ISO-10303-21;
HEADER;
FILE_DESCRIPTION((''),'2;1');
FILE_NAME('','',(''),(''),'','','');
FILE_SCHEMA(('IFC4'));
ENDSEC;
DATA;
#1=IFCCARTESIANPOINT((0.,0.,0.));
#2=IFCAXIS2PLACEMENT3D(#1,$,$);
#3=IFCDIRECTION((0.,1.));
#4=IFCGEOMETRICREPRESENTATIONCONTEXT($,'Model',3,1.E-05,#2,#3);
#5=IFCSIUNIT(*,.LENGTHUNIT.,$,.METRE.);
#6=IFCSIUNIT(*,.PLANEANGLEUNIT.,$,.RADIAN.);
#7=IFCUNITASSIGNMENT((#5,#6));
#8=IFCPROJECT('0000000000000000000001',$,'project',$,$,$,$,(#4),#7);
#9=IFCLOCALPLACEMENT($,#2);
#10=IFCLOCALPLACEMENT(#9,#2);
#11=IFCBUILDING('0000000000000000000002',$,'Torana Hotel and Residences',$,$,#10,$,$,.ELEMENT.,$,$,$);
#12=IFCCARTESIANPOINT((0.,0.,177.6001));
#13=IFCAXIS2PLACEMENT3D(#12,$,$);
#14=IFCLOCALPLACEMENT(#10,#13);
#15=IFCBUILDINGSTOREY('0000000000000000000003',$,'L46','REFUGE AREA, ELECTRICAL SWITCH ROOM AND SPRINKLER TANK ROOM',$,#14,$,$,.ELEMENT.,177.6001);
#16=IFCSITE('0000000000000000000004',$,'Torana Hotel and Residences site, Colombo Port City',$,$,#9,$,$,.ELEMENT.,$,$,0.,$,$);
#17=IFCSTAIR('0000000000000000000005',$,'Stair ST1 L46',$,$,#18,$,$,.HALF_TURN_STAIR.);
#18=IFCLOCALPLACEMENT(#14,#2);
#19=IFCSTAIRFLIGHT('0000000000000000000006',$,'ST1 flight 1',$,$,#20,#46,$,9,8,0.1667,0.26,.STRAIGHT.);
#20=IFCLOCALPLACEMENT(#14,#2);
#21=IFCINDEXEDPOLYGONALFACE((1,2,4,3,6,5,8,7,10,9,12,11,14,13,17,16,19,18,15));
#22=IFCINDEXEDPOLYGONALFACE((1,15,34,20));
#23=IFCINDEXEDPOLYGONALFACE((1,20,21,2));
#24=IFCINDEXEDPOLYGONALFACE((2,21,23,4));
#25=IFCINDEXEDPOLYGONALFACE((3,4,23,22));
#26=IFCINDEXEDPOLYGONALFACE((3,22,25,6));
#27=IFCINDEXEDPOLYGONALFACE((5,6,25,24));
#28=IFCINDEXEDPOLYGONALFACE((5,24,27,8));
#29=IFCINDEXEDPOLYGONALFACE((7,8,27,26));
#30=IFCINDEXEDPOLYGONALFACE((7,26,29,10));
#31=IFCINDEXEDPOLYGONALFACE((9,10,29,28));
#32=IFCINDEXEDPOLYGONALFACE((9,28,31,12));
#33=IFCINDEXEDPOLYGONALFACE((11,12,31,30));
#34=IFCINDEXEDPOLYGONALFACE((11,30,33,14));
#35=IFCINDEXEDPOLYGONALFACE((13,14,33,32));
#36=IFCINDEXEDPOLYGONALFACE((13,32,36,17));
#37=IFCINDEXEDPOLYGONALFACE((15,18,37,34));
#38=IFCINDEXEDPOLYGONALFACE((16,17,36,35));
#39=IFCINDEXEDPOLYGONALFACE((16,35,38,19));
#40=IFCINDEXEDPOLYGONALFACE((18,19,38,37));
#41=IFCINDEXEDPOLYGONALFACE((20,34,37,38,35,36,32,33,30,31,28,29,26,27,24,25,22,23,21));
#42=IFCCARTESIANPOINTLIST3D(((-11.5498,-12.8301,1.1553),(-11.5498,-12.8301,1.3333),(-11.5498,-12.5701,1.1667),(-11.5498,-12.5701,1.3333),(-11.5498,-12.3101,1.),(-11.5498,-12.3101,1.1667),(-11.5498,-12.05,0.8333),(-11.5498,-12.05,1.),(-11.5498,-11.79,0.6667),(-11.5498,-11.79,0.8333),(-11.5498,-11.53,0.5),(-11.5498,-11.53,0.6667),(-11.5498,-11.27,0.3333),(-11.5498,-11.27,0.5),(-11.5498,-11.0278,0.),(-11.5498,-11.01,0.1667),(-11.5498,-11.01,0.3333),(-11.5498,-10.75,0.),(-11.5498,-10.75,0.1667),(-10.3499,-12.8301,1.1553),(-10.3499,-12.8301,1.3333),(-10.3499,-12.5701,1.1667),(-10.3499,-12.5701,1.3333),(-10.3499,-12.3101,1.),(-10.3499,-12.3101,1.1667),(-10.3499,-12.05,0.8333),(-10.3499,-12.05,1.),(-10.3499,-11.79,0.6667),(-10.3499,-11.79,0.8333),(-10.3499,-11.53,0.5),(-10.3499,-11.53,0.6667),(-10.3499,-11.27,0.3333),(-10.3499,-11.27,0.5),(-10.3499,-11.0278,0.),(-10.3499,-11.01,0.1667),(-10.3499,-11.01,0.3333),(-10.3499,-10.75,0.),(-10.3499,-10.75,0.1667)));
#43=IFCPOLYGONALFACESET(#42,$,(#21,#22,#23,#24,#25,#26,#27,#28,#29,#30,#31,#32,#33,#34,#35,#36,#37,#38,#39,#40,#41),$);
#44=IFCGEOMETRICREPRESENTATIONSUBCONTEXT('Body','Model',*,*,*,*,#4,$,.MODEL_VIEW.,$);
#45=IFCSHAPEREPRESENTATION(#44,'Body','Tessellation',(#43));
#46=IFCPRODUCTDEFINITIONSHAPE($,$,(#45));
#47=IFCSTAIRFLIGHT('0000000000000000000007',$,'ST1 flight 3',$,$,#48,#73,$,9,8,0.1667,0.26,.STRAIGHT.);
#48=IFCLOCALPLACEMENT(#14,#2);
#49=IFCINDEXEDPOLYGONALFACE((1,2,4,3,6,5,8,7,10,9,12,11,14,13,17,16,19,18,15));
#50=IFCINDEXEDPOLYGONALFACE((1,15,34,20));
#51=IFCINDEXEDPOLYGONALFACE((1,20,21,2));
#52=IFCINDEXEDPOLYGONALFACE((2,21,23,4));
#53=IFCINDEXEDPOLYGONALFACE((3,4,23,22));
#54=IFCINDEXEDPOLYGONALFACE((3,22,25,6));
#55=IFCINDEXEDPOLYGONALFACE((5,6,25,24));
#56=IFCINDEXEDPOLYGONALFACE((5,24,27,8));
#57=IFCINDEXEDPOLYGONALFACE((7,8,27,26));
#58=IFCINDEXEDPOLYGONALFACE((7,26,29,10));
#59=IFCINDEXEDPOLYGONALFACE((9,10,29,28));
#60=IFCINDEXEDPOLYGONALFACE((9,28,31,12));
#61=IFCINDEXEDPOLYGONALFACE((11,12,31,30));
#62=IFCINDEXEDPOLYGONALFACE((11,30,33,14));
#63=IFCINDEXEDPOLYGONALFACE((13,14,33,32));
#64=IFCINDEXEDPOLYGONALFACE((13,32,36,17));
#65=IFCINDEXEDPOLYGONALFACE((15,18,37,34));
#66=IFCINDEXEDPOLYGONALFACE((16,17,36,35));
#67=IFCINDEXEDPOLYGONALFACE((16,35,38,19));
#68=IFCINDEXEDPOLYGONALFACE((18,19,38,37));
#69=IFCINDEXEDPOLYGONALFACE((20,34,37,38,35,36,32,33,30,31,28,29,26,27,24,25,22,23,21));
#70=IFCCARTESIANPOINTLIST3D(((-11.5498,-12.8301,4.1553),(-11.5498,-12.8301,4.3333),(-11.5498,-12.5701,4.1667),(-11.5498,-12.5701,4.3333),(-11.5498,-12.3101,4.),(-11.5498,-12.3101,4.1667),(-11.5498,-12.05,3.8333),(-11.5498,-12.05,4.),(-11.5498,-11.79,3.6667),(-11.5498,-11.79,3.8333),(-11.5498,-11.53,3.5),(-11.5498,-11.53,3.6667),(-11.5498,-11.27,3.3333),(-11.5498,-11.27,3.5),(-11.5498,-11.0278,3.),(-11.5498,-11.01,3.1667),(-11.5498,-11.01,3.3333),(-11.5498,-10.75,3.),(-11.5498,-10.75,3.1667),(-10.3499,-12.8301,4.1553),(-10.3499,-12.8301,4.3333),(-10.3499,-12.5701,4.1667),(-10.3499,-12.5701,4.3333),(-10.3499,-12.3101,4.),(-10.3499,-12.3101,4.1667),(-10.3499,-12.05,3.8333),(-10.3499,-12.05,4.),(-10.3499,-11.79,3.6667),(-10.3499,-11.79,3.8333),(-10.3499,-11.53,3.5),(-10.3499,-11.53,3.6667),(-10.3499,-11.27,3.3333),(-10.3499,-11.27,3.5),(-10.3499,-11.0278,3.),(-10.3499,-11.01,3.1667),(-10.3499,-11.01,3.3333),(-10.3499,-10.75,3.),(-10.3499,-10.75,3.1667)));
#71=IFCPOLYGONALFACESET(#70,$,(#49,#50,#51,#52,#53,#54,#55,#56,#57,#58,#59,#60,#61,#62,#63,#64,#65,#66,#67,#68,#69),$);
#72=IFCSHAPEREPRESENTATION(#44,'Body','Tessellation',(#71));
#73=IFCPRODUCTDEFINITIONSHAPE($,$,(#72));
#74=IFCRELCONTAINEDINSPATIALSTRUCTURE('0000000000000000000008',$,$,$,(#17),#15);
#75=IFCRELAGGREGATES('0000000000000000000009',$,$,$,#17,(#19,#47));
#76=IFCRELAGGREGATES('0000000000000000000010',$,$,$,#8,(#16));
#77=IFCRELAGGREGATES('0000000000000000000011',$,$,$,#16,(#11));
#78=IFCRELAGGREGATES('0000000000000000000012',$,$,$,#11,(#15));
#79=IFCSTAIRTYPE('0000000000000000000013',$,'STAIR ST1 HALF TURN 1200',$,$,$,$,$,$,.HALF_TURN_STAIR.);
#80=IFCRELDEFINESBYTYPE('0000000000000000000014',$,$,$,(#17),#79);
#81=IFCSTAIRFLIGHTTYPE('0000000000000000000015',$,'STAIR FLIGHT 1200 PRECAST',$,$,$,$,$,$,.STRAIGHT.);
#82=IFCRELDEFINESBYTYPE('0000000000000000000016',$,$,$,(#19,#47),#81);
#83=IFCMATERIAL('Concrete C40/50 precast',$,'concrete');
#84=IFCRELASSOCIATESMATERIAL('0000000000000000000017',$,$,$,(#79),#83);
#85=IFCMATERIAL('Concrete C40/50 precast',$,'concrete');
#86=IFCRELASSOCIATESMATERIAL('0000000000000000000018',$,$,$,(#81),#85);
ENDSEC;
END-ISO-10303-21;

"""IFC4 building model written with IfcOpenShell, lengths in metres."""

from ifc_helpers import new_model, si_unit, direction, frame, origin, place, context, subcontext, project, spatial, polyline, outline, extrude, material, type_object, element, aggregate, save


model = new_model("IFC4")

# Units and contexts
model_context = context("Model", 3, precision=1e-05, world=origin(), true_north=direction((0.0, 1.0)))
body_context = subcontext(model_context, "Body", "Model", "MODEL_VIEW")
ifc_project = project(units=[si_unit("LENGTHUNIT", "METRE"), si_unit("PLANEANGLEUNIT", "RADIAN")], contexts=[model_context])

# Site, building, storey
site_placement = place(None, origin())
site = spatial("IfcSite", under=ifc_project, at=site_placement, Name="Torana Hotel and Residences site, Colombo Port City", CompositionType="ELEMENT", RefElevation=0.0)
building_placement = place(site_placement, origin())
building = spatial("IfcBuilding", under=site, at=building_placement, Name="Torana Hotel and Residences", CompositionType="ELEMENT")
storey_placement = place(building_placement, frame((0.0, 0.0, 177.6001)))
storey = spatial("IfcBuildingStorey", under=building, at=storey_placement, Name="L46", Description="REFUGE AREA, ELECTRICAL SWITCH ROOM AND SPRINKLER TANK ROOM", CompositionType="ELEMENT", Elevation=177.6001)

# Stair, stair flights
ifc_material_1 = material(Name="Concrete C40/50 precast", Category="concrete")
stair_type = type_object("IfcStairType", Name="STAIR ST1 HALF TURN 1200", PredefinedType="HALF_TURN_STAIR", material=ifc_material_1)
stair_placement = place(storey_placement, origin())
stair = element("IfcStair", 1, at=stair_placement, inside=storey, type_object=stair_type, Name="Stair ST1 L46", PredefinedType="HALF_TURN_STAIR")
ifc_material_2 = material(Name="Concrete C40/50 precast", Category="concrete")
stair_flight_type = type_object("IfcStairFlightType", Name="STAIR FLIGHT 1200 PRECAST", PredefinedType="STRAIGHT", material=ifc_material_2)
stair_flight_1_placement = place(storey_placement, frame((-10.95, -10.75, 0.0), z_axis=(0.0, 0.0, 1.0), x_axis=(0.0, -1.0, 0.0)))
stair_flight_1 = element("IfcStairFlight", 2, at=stair_flight_1_placement, type_object=stair_flight_type, Name="ST1 flight 1", NumberOfRisers=9, NumberOfTreads=8, PredefinedType="STRAIGHT", RiserHeight=0.1667, TreadLength=0.26, context=body_context, shape_type="SweptSolid", body=[
    extrude(outline(polyline([(0.0, 0.0), (0.0, 0.1667), (0.26, 0.1667), (0.26, 0.3333), (0.52, 0.3333), (0.52, 0.5), (0.78, 0.5), (0.78, 0.6667), (1.04, 0.6667), (1.04, 0.8333), (1.3, 0.8333), (1.3, 1.0), (1.5601, 1.0), (1.5601, 1.1667), (1.8201, 1.1667), (1.8201, 1.3333), (2.0801, 1.3333), (2.0801, 1.5), (2.0801, 1.1553), (0.2778, 0.0), (0.0, 0.0)])), frame((0.0, 0.6001, 0.0), z_axis=(0.0, -1.0, 0.0), x_axis=(1.0, 0.0, 0.0)), (0.0, 0.0, 1.0), 1.2),
])
stair_flight_2_placement = place(storey_placement, frame((-10.95, -10.75, 3.0), z_axis=(0.0, 0.0, 1.0), x_axis=(0.0, -1.0, 0.0)))
stair_flight_2 = element("IfcStairFlight", 3, at=stair_flight_2_placement, type_object=stair_flight_type, Name="ST1 flight 3", NumberOfRisers=9, NumberOfTreads=8, PredefinedType="STRAIGHT", RiserHeight=0.1667, TreadLength=0.26, context=body_context, shape_type="SweptSolid", body=[
    extrude(outline(polyline([(0.0, 0.0), (0.0, 0.1667), (0.26, 0.1667), (0.26, 0.3333), (0.52, 0.3333), (0.52, 0.5), (0.78, 0.5), (0.78, 0.6667), (1.04, 0.6667), (1.04, 0.8333), (1.3, 0.8333), (1.3, 1.0), (1.5601, 1.0), (1.5601, 1.1667), (1.8201, 1.1667), (1.8201, 1.3333), (2.0801, 1.3333), (2.0801, 1.5), (2.0801, 1.1553), (0.2778, 0.0), (0.0, 0.0)])), frame((0.0, 0.6001, 0.0), z_axis=(0.0, -1.0, 0.0), x_axis=(1.0, 0.0, 0.0)), (0.0, 0.0, 1.0), 1.2),
])
aggregate(stair, [stair_flight_1, stair_flight_2])

save(model, "model.ifc")
